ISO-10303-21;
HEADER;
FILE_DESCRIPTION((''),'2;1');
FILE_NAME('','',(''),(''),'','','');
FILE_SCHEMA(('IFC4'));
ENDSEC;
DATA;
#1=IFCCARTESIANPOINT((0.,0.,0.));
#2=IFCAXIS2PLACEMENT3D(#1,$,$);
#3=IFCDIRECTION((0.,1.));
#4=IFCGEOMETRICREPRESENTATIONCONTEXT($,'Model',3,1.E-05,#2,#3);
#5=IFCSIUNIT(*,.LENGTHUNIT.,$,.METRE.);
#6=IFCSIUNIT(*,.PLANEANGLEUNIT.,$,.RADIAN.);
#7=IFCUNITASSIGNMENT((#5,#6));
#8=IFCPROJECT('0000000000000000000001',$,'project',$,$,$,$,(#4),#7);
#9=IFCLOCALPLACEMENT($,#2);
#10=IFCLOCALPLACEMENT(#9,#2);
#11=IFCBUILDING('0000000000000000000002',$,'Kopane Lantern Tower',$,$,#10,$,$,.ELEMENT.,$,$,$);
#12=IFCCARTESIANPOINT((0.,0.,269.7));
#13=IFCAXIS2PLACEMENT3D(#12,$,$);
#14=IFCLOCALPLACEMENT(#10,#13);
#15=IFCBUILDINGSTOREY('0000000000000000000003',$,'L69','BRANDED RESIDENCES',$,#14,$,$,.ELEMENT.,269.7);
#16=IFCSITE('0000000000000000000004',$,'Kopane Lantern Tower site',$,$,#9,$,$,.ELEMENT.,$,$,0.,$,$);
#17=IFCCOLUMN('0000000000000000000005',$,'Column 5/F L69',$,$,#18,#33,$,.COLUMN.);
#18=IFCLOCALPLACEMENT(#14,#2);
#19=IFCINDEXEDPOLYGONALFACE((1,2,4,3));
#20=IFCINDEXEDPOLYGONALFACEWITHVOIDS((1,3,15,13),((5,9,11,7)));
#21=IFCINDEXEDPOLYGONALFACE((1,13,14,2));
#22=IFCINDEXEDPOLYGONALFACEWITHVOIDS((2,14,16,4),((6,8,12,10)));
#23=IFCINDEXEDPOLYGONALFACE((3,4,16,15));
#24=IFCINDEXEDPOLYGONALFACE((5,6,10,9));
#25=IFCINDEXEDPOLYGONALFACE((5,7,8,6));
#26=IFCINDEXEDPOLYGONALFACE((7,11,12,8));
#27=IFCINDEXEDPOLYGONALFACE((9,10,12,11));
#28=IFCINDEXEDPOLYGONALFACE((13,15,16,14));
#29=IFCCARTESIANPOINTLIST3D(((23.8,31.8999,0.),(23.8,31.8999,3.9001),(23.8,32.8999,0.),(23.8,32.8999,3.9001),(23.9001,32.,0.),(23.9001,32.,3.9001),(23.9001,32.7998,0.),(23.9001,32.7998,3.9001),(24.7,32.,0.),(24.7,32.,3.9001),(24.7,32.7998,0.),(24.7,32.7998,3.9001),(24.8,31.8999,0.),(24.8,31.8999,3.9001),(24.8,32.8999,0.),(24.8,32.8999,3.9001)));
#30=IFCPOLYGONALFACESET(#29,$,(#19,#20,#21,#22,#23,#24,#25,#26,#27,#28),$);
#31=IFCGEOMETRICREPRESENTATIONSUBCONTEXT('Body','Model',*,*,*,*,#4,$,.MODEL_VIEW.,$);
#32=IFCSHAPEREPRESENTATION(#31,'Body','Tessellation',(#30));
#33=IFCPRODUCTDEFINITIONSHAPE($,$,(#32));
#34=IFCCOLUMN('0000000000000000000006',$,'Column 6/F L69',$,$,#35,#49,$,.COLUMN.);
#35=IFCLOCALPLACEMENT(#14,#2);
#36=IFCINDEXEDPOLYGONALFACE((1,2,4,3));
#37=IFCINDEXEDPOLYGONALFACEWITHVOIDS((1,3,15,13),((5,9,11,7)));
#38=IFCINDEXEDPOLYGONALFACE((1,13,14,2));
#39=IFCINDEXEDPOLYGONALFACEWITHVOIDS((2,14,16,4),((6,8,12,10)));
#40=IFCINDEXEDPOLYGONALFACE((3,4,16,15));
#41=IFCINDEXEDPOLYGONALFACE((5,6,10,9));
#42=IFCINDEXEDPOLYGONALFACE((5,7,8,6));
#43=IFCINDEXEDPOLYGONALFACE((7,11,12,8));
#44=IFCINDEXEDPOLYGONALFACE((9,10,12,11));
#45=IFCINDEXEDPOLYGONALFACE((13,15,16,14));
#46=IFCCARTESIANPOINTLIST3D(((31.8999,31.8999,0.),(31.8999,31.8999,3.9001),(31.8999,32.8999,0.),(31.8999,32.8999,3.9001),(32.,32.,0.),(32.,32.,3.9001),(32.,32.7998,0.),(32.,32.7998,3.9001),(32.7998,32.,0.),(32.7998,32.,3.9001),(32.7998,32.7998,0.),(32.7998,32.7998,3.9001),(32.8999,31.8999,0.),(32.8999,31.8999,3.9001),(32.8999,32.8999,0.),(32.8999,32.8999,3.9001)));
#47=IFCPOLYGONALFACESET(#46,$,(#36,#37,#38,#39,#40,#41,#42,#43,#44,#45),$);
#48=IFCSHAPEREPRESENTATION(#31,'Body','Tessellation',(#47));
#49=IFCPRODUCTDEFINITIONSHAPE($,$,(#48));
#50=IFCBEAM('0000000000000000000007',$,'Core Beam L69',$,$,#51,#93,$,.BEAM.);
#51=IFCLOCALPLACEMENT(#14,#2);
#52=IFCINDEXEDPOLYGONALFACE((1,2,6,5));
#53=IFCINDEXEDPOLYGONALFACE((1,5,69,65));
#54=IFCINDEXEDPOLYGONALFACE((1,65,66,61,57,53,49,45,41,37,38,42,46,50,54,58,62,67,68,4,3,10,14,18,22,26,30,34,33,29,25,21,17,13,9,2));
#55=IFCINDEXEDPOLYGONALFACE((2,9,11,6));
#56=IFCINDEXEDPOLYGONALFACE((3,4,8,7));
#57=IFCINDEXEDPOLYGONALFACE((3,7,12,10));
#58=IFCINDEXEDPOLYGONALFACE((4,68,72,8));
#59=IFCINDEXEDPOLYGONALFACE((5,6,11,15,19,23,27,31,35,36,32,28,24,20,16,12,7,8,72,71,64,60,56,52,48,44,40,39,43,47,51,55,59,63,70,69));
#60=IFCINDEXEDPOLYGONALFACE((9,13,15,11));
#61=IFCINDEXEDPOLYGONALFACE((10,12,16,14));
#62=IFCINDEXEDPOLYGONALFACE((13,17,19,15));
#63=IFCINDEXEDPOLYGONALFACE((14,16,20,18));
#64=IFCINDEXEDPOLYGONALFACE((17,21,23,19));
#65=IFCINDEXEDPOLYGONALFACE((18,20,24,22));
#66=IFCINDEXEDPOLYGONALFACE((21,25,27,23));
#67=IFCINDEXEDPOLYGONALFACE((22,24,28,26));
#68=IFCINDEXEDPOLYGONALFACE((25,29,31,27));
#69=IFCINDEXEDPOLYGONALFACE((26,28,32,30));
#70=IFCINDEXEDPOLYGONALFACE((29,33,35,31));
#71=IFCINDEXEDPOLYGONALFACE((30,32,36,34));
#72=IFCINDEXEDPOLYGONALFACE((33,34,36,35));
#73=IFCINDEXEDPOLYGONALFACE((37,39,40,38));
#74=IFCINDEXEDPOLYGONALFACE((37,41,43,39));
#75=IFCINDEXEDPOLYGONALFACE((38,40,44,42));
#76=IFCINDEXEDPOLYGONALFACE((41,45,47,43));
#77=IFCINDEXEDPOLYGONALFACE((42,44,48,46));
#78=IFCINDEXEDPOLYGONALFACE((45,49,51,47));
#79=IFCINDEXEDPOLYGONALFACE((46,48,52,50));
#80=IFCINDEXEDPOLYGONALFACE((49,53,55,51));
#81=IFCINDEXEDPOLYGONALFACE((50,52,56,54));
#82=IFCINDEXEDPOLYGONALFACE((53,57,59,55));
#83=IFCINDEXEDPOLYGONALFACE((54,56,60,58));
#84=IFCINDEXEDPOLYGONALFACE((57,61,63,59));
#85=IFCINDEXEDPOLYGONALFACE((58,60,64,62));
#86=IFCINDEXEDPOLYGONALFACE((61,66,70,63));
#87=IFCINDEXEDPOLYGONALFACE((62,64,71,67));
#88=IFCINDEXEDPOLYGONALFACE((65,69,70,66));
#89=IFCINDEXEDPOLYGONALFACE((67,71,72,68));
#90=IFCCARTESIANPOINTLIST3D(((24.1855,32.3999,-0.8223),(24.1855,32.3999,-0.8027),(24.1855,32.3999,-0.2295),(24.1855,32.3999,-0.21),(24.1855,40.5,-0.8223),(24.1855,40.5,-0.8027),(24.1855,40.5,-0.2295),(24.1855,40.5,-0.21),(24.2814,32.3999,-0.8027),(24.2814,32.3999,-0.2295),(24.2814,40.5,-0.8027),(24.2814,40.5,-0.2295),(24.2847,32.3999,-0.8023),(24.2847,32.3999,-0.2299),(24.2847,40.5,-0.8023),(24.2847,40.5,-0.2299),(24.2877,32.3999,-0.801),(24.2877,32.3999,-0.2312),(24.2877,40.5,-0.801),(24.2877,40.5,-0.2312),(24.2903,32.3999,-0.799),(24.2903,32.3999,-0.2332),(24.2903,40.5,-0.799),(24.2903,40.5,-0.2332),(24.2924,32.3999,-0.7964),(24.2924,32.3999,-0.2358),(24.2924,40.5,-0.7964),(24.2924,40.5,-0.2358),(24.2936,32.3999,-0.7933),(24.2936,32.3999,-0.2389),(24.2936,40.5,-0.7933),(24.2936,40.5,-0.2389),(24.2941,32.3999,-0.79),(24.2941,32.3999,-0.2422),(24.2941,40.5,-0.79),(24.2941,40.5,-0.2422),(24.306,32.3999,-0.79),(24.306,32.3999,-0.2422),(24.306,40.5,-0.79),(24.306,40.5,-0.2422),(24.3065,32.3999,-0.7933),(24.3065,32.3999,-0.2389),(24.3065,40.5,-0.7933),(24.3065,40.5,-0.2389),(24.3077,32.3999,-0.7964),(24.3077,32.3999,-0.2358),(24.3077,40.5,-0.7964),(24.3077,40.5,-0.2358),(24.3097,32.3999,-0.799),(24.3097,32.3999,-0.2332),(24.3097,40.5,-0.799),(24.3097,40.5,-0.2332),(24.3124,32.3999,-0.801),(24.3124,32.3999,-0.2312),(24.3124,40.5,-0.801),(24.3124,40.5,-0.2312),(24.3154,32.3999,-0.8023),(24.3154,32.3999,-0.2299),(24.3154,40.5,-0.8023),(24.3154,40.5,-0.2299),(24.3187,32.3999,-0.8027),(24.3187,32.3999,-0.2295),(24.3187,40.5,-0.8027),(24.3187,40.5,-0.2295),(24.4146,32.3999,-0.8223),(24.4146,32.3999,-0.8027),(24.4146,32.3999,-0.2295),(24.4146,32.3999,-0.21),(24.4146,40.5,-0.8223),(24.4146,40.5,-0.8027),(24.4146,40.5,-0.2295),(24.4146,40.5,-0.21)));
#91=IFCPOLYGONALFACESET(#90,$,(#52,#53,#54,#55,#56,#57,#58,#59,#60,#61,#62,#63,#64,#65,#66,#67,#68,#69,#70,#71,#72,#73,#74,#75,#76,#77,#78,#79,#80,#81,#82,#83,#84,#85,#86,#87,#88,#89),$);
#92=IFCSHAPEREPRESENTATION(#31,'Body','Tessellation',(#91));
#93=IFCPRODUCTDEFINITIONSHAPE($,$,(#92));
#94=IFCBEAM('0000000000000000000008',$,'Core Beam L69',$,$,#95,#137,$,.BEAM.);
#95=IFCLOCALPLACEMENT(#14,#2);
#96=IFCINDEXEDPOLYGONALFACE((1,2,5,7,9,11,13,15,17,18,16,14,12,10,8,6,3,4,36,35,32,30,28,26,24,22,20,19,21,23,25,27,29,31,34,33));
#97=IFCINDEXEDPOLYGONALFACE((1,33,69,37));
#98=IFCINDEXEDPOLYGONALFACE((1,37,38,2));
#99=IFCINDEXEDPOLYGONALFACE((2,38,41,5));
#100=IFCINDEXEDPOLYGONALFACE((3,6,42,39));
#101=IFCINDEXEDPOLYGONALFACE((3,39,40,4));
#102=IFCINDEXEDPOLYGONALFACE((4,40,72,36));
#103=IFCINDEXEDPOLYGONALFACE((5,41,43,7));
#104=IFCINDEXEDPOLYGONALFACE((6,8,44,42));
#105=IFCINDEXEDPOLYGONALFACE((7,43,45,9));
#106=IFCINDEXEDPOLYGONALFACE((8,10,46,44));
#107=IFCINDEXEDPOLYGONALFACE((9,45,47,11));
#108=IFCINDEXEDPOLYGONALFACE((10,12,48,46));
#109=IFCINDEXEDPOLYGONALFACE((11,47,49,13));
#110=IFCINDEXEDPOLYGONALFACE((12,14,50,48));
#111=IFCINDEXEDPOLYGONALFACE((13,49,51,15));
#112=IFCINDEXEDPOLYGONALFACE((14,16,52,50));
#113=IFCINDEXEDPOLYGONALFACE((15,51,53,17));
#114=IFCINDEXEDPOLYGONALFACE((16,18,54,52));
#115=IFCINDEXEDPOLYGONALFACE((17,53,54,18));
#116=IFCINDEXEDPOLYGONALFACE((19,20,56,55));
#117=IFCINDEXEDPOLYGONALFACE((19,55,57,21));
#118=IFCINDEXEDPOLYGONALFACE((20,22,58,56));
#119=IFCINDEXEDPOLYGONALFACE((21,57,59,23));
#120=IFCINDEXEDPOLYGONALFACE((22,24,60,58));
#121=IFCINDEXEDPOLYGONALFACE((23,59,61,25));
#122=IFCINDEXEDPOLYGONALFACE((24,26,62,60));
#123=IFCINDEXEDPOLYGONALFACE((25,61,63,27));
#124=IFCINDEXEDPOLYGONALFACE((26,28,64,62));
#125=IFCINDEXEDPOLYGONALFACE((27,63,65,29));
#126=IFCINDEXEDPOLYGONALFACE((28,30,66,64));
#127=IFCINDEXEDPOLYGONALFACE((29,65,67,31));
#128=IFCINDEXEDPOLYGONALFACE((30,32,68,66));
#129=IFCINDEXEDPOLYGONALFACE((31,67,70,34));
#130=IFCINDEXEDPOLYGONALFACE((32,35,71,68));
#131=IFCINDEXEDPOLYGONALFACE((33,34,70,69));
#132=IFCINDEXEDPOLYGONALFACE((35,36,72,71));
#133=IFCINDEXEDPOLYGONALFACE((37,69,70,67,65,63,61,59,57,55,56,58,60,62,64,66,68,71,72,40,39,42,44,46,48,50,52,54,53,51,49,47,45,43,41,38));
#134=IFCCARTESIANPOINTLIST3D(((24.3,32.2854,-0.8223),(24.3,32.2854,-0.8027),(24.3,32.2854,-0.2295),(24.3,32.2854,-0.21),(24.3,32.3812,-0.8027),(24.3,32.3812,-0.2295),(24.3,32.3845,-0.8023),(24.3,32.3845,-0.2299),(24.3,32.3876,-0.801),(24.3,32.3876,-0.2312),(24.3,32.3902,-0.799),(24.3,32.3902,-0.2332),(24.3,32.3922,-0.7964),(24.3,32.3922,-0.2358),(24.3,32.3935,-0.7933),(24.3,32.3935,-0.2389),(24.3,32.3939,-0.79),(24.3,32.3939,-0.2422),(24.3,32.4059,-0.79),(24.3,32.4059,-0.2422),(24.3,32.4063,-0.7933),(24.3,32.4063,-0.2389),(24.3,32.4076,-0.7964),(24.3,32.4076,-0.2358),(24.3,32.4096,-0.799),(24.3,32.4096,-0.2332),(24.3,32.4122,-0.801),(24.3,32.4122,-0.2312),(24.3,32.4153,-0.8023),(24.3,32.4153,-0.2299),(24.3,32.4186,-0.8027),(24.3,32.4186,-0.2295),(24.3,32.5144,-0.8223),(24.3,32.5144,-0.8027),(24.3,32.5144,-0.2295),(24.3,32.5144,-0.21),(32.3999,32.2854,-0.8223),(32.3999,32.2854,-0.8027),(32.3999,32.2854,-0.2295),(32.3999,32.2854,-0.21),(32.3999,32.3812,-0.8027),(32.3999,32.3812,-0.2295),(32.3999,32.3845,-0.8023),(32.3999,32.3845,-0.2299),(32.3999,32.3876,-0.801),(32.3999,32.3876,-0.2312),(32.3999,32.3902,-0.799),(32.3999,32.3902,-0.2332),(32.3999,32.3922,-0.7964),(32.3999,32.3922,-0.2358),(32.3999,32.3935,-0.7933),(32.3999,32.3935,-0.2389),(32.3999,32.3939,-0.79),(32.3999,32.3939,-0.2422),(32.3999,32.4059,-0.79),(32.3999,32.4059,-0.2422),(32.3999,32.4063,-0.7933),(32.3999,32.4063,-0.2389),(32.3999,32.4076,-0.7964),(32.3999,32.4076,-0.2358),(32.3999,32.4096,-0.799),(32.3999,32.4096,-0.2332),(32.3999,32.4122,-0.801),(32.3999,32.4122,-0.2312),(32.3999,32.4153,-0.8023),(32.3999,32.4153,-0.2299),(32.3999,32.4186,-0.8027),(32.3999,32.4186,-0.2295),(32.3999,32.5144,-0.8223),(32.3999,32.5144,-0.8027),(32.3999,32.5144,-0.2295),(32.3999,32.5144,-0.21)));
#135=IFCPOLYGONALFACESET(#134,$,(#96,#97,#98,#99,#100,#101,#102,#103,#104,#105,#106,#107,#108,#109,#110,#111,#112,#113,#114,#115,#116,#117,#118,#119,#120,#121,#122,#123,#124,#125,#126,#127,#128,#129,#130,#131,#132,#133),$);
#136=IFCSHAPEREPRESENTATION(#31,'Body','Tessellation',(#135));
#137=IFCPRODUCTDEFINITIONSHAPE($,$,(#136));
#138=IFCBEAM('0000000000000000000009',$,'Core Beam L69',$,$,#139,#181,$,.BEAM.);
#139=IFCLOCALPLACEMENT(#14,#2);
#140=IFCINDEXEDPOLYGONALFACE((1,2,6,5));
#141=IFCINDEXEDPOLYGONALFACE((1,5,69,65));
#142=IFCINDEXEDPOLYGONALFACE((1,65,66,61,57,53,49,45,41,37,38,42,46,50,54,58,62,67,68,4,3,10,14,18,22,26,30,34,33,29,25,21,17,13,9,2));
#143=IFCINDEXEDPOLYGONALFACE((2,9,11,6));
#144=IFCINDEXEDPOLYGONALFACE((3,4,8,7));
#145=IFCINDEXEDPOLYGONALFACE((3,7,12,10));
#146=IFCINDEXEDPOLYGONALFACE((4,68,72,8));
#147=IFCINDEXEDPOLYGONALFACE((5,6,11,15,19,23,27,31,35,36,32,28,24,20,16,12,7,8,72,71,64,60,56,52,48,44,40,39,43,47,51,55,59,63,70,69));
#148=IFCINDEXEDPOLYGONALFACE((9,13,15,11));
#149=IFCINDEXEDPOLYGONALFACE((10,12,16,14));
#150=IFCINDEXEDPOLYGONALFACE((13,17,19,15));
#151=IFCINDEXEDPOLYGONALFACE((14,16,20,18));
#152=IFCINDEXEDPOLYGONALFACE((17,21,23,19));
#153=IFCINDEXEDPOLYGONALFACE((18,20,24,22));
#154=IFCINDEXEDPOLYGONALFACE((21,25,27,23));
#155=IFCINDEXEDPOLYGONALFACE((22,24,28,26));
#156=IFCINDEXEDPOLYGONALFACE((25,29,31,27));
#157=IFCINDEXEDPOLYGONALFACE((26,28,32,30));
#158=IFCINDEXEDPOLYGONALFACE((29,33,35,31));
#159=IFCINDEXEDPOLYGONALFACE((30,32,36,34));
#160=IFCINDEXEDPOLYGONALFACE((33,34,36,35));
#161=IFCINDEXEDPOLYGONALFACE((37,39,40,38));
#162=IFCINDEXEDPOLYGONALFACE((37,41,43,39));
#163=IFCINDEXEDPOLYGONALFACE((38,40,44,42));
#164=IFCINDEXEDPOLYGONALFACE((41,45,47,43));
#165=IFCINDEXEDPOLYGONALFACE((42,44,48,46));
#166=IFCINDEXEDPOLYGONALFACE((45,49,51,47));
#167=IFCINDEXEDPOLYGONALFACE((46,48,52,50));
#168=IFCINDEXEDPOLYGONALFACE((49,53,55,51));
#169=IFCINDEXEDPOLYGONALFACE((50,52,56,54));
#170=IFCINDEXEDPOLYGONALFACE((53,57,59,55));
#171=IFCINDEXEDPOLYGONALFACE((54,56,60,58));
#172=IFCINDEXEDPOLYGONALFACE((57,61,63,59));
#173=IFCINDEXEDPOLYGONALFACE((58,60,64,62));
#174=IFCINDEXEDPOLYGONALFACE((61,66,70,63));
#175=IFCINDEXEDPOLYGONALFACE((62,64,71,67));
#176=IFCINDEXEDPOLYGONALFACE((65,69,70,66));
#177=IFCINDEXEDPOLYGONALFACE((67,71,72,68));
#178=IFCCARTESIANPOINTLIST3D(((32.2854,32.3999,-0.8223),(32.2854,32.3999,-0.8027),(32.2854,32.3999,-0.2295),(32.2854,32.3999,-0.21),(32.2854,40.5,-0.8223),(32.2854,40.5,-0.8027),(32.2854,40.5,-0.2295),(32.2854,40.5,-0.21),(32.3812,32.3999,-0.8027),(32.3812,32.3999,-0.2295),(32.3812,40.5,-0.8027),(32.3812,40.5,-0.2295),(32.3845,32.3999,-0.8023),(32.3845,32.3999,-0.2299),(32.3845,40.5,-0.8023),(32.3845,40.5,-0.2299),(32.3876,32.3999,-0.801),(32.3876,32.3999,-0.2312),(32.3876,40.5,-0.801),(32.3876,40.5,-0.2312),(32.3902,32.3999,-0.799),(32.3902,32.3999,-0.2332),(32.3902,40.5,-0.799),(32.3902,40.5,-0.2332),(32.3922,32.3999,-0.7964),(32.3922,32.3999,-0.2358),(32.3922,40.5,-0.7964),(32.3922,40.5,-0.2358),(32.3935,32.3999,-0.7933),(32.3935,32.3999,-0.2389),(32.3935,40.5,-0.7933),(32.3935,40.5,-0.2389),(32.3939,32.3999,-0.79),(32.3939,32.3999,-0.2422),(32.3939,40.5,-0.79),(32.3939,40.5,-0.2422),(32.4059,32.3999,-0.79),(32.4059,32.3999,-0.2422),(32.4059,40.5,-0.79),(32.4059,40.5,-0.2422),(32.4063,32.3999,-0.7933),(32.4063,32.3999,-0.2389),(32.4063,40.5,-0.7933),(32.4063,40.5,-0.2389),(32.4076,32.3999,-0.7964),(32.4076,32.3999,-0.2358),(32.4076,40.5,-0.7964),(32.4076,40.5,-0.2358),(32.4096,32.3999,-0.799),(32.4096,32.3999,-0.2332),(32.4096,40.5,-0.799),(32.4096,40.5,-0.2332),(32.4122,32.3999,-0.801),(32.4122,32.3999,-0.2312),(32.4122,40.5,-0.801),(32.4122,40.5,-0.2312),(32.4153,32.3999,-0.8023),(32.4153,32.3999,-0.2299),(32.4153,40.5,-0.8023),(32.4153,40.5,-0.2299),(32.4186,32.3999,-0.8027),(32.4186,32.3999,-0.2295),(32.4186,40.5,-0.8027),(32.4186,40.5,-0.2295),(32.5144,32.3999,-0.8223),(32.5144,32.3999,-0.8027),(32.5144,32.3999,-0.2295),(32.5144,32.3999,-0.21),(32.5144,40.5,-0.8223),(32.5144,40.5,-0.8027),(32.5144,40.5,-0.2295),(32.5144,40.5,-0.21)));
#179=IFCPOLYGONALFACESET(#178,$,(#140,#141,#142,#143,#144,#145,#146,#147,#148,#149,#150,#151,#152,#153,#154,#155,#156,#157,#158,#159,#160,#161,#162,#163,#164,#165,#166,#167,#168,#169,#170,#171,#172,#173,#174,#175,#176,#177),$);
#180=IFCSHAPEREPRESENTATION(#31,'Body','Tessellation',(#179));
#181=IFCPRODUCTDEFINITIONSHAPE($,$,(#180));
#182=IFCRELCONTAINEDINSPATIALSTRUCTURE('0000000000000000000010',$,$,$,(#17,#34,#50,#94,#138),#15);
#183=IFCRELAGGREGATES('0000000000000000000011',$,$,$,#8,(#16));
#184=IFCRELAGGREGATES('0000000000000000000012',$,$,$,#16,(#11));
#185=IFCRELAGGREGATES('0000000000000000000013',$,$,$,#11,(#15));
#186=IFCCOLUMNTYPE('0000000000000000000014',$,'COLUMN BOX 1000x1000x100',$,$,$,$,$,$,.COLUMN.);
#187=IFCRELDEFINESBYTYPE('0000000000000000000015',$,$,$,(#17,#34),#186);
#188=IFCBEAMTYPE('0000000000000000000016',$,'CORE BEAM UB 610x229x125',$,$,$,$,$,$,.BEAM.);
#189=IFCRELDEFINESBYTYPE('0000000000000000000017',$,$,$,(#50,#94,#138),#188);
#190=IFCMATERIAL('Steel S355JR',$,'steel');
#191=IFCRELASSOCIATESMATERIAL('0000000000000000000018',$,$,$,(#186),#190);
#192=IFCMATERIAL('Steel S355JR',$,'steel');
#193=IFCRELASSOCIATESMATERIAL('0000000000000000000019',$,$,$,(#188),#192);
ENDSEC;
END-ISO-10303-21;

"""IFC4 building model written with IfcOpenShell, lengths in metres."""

from ifc_helpers import new_model, si_unit, direction, frame, origin, origin_2d, place, context, subcontext, project, spatial, hollow_rectangle, i_section, extrude, material, material_profile, profile_set, type_object, element, save


model = new_model("IFC4")

# Units and contexts
model_context = context("Model", 3, precision=1e-05, world=origin(), true_north=direction((0.0, 1.0)))
body_context = subcontext(model_context, "Body", "Model", "MODEL_VIEW")
ifc_project = project(units=[si_unit("LENGTHUNIT", "METRE"), si_unit("PLANEANGLEUNIT", "RADIAN")], contexts=[model_context])

# Site, building, storey
site_placement = place(None, origin())
site = spatial("IfcSite", under=ifc_project, at=site_placement, Name="Kopane Lantern Tower site", CompositionType="ELEMENT", RefElevation=0.0)
building_placement = place(site_placement, origin())
building = spatial("IfcBuilding", under=site, at=building_placement, Name="Kopane Lantern Tower", CompositionType="ELEMENT")
storey_placement = place(building_placement, frame((0.0, 0.0, 269.7)))
storey = spatial("IfcBuildingStorey", under=building, at=storey_placement, Name="L69", Description="BRANDED RESIDENCES", CompositionType="ELEMENT", Elevation=269.7)

# Columns
ifc_material_1 = material(Name="Steel S355JR", Category="steel")
ifc_material_profile_1 = material_profile(ifc_material_1, hollow_rectangle(XDim=1.0, YDim=1.0, WallThickness=0.1001, at=origin_2d()), Name="BOX 1000x1000x100")
ifc_profile_set_1 = profile_set([ifc_material_profile_1], Name="Steel S355JR")
column_type = type_object("IfcColumnType", Name="COLUMN BOX 1000x1000x100", PredefinedType="COLUMN", material=ifc_profile_set_1)
for number, where, z_axis, x_axis, name in (
    (1, (24.3, 32.3999, 0.0), (0.0, 0.0, 1.0), (1.0, 0.0, 0.0), "Column 5/F L69"),
    (2, (32.3999, 32.3999, 0.0), (0.0, 0.0, 1.0), (1.0, 0.0, 0.0), "Column 6/F L69"),
):
    element("IfcColumn", number, at=place(storey_placement, frame(where, z_axis=z_axis, x_axis=x_axis)), inside=storey, type_object=column_type, Name=name, PredefinedType="COLUMN", context=body_context, shape_type="SweptSolid", body=[
        extrude(hollow_rectangle(XDim=1.0, YDim=1.0, WallThickness=0.1001, at=origin_2d()), origin(), (0.0, 0.0, 1.0), 3.9001),
    ])

# Beams
ifc_material_2 = material(Name="Steel S355JR", Category="steel")
ifc_material_profile_2 = material_profile(ifc_material_2, i_section(OverallWidth=0.229, OverallDepth=0.6123, WebThickness=0.012, FlangeThickness=0.0195, FilletRadius=0.0127, at=origin_2d()), Name="UB 610x229x125")
ifc_profile_set_2 = profile_set([ifc_material_profile_2], Name="Steel S355JR")
beam_type = type_object("IfcBeamType", Name="CORE BEAM UB 610x229x125", PredefinedType="BEAM", material=ifc_profile_set_2)
beam_1_placement = place(storey_placement, frame((24.3, 32.3999, -0.5161), z_axis=(0.0, 1.0, 0.0), x_axis=(-1.0, 0.0, 0.0)))
element("IfcBeam", 3, at=beam_1_placement, inside=storey, type_object=beam_type, Name="Core Beam L69", PredefinedType="BEAM", context=body_context, shape_type="SweptSolid", body=[
    extrude(i_section(OverallWidth=0.229, OverallDepth=0.6123, WebThickness=0.012, FlangeThickness=0.0195, FilletRadius=0.0127, at=origin_2d()), origin(), (0.0, 0.0, 1.0), 8.1001),
])
beam_2_placement = place(storey_placement, frame((24.3, 32.3999, -0.5161), z_axis=(1.0, 0.0, 0.0), x_axis=(0.0, 1.0, 0.0)))
element("IfcBeam", 4, at=beam_2_placement, inside=storey, type_object=beam_type, Name="Core Beam L69", PredefinedType="BEAM", context=body_context, shape_type="SweptSolid", body=[
    extrude(i_section(OverallWidth=0.229, OverallDepth=0.6123, WebThickness=0.012, FlangeThickness=0.0195, FilletRadius=0.0127, at=origin_2d()), origin(), (0.0, 0.0, 1.0), 8.0999),
])
for number, where, z_axis, x_axis, name in (
    (5, (32.3999, 32.3999, -0.5161), (0.0, 1.0, 0.0), (-1.0, 0.0, 0.0), "Core Beam L69"),
):
    element("IfcBeam", number, at=place(storey_placement, frame(where, z_axis=z_axis, x_axis=x_axis)), inside=storey, type_object=beam_type, Name=name, PredefinedType="BEAM", context=body_context, shape_type="SweptSolid", body=[
        extrude(i_section(OverallWidth=0.229, OverallDepth=0.6123, WebThickness=0.012, FlangeThickness=0.0195, FilletRadius=0.0127, at=origin_2d()), origin(), (0.0, 0.0, 1.0), 8.1001),
    ])

save(model, "model.ifc")
